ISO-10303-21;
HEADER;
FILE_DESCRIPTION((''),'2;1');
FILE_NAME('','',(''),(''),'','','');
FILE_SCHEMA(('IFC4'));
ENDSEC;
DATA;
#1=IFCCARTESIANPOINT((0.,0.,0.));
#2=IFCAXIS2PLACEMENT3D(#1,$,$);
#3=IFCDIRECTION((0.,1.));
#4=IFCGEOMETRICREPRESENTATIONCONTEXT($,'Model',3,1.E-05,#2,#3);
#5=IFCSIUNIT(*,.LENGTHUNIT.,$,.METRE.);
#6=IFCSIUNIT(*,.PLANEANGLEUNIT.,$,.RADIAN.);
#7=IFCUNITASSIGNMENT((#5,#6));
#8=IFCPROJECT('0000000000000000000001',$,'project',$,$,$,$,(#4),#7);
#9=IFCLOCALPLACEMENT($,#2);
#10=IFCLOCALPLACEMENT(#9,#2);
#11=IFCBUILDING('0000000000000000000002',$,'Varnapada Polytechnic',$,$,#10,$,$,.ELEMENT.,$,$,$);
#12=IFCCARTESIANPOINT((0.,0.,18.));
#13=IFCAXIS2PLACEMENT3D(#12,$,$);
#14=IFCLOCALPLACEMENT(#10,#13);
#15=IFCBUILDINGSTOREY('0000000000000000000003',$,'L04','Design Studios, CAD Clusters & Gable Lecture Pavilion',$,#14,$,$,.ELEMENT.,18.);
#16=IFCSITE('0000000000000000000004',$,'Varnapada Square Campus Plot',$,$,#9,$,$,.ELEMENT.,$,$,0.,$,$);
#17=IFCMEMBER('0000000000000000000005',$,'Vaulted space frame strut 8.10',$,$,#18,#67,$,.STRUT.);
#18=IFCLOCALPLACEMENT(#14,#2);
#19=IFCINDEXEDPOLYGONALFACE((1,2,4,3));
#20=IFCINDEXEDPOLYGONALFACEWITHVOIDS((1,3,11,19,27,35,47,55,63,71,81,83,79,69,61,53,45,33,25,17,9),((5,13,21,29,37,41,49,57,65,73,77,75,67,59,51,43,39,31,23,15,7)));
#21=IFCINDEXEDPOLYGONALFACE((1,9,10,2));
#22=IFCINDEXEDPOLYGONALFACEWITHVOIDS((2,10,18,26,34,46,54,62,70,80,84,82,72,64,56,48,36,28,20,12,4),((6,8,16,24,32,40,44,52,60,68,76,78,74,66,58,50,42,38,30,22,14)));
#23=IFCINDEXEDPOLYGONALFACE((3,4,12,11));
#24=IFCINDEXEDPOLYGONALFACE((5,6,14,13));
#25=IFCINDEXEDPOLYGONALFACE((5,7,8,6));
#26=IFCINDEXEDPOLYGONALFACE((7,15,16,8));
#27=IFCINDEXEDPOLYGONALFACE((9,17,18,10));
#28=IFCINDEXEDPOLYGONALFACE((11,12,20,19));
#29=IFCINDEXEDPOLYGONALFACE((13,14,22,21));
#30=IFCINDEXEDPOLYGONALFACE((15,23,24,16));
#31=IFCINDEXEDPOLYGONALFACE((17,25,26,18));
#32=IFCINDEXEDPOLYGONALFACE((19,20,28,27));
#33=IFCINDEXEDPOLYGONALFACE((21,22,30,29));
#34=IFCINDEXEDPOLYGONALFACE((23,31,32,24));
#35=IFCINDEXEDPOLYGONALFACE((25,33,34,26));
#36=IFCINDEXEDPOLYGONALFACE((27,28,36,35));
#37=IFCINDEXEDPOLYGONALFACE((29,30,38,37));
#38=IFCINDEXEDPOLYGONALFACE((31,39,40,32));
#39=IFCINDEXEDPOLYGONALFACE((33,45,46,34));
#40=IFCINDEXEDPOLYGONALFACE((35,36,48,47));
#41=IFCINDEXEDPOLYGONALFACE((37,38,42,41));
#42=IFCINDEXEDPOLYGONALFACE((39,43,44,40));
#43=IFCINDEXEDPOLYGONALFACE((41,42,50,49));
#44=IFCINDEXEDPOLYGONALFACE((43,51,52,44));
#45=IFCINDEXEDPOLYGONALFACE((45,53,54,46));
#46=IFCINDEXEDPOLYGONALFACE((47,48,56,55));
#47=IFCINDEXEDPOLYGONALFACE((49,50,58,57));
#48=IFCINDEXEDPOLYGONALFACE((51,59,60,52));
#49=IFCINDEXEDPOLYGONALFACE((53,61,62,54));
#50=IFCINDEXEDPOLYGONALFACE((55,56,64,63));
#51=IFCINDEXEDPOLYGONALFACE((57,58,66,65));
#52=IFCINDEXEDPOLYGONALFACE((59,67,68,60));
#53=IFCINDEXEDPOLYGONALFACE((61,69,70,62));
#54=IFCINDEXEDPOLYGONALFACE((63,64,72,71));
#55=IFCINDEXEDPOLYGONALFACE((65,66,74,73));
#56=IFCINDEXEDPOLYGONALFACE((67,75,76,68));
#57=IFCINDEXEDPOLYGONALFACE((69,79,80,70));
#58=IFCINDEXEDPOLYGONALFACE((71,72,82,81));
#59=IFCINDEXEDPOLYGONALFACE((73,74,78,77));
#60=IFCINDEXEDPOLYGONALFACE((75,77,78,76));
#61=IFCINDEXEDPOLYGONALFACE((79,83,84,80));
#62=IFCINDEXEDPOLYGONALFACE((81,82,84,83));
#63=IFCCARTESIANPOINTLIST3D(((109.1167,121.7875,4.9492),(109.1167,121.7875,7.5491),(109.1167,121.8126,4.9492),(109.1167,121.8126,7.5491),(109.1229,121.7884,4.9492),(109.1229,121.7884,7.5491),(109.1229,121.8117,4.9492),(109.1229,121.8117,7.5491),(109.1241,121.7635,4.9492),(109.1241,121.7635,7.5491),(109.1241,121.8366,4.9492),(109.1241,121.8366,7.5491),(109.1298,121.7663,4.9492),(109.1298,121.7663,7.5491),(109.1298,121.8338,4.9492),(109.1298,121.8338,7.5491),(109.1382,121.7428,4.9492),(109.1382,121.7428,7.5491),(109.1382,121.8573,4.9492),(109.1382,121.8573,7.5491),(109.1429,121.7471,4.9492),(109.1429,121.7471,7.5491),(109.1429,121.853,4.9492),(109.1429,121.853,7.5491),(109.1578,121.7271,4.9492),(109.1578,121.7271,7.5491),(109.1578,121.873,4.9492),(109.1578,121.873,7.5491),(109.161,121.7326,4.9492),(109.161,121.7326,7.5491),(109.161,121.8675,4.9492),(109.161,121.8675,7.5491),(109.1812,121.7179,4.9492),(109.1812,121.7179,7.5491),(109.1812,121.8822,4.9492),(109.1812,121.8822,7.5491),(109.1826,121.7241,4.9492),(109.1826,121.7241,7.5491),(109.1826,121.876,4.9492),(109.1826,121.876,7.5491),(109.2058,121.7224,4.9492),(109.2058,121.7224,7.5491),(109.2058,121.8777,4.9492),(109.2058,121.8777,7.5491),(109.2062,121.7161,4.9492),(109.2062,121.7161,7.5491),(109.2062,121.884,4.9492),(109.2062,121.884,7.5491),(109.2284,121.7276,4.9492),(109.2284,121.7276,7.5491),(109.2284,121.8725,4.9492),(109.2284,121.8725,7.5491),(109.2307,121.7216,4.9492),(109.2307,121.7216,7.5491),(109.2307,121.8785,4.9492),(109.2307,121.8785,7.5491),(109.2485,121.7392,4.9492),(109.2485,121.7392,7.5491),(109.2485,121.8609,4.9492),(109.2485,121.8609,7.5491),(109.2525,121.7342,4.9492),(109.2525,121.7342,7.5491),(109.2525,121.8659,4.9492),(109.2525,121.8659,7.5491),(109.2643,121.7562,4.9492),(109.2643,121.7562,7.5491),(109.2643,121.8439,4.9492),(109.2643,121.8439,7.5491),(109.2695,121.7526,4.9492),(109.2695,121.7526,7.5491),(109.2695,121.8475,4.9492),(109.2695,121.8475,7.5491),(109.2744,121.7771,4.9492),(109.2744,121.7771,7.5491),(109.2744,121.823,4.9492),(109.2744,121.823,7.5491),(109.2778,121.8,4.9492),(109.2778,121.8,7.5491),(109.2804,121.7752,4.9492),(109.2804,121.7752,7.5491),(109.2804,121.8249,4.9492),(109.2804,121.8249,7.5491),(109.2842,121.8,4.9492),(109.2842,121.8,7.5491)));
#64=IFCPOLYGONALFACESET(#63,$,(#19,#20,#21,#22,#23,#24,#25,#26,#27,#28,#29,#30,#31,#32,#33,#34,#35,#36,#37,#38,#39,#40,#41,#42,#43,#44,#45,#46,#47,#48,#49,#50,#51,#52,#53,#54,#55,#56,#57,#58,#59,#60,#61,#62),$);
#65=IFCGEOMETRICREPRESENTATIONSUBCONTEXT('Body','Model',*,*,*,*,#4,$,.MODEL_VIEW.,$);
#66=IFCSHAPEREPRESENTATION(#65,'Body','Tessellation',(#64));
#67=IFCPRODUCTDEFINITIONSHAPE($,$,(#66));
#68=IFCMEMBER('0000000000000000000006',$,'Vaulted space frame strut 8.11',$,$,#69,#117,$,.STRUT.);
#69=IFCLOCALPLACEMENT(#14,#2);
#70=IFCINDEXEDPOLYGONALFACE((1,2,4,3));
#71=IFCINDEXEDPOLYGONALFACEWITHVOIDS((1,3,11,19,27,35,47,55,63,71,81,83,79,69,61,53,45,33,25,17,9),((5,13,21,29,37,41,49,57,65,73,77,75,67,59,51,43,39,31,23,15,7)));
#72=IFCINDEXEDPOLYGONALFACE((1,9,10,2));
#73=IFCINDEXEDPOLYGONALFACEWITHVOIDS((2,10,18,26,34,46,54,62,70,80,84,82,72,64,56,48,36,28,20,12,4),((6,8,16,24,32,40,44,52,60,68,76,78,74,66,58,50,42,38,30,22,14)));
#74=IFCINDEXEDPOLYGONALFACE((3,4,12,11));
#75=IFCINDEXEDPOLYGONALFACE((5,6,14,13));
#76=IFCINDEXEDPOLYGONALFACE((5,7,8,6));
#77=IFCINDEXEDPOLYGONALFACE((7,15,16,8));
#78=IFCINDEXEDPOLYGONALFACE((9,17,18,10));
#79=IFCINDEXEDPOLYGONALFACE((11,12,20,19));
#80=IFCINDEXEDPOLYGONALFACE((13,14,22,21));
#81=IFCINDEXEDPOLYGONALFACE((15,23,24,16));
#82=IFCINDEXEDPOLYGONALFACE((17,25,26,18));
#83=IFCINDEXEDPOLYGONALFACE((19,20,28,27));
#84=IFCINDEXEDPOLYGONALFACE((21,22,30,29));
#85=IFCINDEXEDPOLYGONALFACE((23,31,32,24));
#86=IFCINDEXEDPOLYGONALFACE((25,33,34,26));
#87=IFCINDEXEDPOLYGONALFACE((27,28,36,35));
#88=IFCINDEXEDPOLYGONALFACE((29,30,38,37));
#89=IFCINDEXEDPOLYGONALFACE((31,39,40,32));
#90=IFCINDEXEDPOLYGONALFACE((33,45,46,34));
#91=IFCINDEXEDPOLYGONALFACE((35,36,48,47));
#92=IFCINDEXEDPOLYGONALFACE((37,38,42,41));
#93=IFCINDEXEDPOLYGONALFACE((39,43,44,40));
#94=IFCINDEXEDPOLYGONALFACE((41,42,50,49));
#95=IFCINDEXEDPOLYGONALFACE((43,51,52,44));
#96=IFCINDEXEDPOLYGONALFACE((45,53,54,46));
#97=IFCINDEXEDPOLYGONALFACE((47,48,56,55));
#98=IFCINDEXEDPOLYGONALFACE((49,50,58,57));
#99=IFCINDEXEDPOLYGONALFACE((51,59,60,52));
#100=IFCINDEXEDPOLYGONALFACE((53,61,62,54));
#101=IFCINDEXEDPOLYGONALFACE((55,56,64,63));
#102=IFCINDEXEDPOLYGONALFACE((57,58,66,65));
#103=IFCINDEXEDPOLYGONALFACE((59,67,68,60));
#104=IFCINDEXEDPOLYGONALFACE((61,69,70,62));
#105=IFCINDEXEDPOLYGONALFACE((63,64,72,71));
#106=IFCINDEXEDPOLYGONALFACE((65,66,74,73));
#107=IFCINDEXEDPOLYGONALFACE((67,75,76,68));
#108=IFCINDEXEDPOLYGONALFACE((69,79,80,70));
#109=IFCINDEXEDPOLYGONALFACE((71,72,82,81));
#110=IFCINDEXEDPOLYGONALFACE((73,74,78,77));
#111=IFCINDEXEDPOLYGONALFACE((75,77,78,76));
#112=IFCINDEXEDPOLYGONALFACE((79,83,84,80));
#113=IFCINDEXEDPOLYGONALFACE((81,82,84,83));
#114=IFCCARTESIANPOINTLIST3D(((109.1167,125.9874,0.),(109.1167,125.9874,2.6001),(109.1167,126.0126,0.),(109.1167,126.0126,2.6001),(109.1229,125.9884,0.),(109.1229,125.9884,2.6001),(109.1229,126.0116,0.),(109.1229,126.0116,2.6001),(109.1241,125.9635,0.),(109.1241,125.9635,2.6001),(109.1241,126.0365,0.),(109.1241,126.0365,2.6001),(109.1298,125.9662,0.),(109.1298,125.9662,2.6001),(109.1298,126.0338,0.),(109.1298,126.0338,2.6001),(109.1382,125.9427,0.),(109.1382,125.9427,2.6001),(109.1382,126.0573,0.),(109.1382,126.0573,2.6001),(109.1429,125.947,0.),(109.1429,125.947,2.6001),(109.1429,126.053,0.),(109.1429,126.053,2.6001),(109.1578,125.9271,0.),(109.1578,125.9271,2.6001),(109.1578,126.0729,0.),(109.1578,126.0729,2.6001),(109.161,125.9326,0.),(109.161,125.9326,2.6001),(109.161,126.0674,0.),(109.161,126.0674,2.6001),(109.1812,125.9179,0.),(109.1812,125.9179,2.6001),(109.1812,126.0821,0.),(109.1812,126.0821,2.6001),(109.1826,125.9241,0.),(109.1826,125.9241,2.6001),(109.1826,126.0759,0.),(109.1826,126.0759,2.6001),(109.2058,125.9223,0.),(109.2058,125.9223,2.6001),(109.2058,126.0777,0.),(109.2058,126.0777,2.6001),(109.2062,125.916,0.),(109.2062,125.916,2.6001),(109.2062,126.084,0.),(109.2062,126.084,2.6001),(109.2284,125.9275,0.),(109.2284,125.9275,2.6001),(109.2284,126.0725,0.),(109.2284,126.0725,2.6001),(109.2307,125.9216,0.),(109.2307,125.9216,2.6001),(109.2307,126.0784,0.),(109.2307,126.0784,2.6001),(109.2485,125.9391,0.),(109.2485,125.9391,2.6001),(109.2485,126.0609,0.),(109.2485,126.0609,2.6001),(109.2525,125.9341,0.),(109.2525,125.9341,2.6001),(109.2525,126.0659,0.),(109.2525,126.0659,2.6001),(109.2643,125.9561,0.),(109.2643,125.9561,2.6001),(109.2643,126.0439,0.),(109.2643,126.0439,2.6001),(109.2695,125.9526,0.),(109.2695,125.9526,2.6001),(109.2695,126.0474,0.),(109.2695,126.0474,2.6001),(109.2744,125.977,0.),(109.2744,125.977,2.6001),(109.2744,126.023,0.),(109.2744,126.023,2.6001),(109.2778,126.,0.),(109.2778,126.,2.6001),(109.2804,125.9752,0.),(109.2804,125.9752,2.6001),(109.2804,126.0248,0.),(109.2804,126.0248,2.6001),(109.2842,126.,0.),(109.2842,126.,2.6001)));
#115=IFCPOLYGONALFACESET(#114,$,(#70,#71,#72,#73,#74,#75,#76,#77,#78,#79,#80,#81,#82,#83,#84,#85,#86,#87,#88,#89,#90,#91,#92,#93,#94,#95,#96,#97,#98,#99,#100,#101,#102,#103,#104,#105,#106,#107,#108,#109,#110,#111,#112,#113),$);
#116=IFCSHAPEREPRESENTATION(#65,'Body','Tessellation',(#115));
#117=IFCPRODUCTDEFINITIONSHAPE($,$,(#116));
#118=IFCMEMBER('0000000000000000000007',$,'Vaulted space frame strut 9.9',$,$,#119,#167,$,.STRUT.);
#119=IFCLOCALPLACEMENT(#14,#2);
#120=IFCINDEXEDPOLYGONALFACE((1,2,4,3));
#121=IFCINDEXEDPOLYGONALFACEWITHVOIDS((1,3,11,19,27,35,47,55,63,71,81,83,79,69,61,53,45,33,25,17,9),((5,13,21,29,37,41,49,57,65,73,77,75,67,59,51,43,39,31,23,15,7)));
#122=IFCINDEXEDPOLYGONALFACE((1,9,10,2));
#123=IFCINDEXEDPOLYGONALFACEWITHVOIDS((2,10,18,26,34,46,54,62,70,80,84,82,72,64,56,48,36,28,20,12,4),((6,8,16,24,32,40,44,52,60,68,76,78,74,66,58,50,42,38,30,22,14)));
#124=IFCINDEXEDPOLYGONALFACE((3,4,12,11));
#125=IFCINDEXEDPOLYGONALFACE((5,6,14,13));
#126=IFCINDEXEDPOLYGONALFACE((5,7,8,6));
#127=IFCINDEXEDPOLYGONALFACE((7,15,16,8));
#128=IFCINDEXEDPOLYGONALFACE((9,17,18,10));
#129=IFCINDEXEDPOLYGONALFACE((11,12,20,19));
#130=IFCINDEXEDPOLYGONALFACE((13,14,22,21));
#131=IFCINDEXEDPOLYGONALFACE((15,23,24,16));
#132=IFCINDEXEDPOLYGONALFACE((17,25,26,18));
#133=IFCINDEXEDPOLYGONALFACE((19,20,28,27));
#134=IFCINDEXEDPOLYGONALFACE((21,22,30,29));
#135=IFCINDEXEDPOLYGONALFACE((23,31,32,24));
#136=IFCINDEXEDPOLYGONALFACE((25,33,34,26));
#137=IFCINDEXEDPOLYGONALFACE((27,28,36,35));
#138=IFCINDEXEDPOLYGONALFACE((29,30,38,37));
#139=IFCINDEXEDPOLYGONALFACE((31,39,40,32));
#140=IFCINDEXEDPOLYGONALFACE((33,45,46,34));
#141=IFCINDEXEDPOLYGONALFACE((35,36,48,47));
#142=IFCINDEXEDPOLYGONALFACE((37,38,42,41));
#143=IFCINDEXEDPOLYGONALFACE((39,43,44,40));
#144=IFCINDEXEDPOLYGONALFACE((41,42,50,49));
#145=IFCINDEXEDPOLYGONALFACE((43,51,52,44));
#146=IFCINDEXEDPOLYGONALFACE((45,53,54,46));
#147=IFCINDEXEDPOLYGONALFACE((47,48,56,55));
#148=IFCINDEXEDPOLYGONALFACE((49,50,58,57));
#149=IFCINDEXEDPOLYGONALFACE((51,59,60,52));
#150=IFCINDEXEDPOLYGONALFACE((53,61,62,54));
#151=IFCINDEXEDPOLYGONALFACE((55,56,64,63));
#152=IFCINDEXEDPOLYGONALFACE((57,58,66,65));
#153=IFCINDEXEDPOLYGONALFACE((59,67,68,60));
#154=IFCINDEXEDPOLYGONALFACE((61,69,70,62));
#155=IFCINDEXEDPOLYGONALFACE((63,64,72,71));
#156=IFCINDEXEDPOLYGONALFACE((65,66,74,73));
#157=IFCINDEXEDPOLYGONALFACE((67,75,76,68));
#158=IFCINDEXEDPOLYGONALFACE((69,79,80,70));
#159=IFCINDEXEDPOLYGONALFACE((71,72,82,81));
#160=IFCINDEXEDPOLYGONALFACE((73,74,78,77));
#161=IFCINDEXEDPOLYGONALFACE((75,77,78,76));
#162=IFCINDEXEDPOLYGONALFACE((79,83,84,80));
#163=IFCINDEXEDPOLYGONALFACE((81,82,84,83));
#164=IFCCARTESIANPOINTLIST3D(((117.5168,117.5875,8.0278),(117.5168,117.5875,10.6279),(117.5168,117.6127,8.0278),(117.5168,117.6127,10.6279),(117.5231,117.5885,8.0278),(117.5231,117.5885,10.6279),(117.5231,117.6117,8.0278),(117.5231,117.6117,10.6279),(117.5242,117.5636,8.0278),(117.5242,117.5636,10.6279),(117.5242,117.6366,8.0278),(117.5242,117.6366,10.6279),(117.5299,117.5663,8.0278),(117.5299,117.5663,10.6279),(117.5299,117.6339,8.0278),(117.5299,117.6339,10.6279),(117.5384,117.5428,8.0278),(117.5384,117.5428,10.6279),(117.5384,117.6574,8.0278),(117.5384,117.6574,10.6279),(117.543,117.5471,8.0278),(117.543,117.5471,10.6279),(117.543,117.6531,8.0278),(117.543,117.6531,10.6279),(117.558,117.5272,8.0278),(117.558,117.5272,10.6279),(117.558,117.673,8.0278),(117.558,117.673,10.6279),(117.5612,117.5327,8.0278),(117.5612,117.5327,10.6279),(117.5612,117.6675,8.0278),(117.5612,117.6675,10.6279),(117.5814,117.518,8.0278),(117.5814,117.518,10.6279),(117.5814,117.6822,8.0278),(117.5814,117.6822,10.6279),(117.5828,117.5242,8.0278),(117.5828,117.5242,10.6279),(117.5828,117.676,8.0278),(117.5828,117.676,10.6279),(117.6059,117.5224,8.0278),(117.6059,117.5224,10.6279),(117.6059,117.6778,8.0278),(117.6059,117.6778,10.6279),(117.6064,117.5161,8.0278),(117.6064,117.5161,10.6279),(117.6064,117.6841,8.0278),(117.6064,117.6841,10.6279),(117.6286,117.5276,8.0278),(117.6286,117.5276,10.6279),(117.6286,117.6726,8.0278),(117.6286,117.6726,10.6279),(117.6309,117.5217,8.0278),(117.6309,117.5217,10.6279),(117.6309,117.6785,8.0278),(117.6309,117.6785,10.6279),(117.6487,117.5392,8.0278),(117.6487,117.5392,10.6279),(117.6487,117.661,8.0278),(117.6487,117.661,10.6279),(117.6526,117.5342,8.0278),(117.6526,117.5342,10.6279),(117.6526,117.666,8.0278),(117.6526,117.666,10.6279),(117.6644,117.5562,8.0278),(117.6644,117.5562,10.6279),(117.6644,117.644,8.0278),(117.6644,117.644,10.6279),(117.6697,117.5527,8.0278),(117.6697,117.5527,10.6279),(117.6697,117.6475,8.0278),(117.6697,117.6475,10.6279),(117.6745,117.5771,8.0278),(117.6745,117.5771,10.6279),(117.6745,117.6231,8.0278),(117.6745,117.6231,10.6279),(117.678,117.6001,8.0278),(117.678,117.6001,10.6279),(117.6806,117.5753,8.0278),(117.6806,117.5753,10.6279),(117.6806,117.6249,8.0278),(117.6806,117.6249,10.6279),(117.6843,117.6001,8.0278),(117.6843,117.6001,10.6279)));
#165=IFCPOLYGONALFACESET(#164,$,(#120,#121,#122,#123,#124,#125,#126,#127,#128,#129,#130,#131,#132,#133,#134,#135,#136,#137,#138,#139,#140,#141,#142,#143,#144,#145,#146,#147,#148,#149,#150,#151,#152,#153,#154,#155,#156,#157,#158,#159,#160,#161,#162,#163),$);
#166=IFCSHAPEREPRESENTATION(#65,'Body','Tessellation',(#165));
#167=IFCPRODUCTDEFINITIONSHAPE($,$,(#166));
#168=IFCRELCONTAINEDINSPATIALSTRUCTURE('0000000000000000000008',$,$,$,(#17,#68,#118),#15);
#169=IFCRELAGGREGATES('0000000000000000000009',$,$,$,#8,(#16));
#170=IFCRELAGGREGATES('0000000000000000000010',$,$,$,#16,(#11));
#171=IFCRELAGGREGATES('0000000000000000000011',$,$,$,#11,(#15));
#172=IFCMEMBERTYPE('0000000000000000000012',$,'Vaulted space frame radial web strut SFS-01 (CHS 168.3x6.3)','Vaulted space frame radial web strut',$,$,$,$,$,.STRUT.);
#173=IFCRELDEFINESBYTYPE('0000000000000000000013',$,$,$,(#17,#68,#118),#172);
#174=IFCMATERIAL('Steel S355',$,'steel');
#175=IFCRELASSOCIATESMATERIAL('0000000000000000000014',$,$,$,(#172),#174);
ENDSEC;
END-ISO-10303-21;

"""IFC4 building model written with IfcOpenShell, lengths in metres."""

from ifc_helpers import new_model, si_unit, direction, frame, origin, origin_2d, place, context, subcontext, project, spatial, hollow_circle, extrude, material, material_profile, profile_set, type_object, element, save


model = new_model("IFC4")

# Units and contexts
model_context = context("Model", 3, precision=1e-05, world=origin(), true_north=direction((0.0, 1.0)))
body_context = subcontext(model_context, "Body", "Model", "MODEL_VIEW")
ifc_project = project(units=[si_unit("LENGTHUNIT", "METRE"), si_unit("PLANEANGLEUNIT", "RADIAN")], contexts=[model_context])

# Site, building, storey
site_placement = place(None, origin())
site = spatial("IfcSite", under=ifc_project, at=site_placement, Name="Varnapada Square Campus Plot", CompositionType="ELEMENT", RefElevation=0.0)
building_placement = place(site_placement, origin())
building = spatial("IfcBuilding", under=site, at=building_placement, Name="Varnapada Polytechnic", CompositionType="ELEMENT")
storey_placement = place(building_placement, frame((0.0, 0.0, 18.0)))
storey = spatial("IfcBuildingStorey", under=building, at=storey_placement, Name="L04", Description="Design Studios, CAD Clusters & Gable Lecture Pavilion", CompositionType="ELEMENT", Elevation=18.0)

# Shared definitions
ifc_material = material(Name="Steel S355", Category="steel")

# Members
ifc_material_profile_1 = material_profile(ifc_material, hollow_circle(Radius=0.0842, WallThickness=0.0063, at=origin_2d()), Name="CHS 168.3x6.3")
ifc_profile_set_1 = profile_set([ifc_material_profile_1], Name="Steel S355")
member_type_1 = type_object("IfcMemberType", Name="Vaulted space frame radial web strut SFS-01 (CHS 168.3x6.3)", Description="Vaulted space frame radial web strut", PredefinedType="STRUT", material=ifc_profile_set_1)
member_1_placement = place(storey_placement, frame((109.2, 121.8, 4.9492), z_axis=(0.0, 0.0, 1.0), x_axis=(1.0, 0.0, 0.0)))
element("IfcMember", 1, at=member_1_placement, inside=storey, type_object=member_type_1, Name="Vaulted space frame strut 8.10", PredefinedType="STRUT", context=body_context, shape_type="SweptSolid", body=[
    extrude(hollow_circle(Radius=0.0842, WallThickness=0.0063, at=origin_2d()), origin(), (0.0, 0.0, 1.0), 2.5999),
])
for number, where, z_axis, x_axis, name in (
    (2, (109.2, 126.0, 0.0), (0.0, 0.0, 1.0), (1.0, 0.0, 0.0), "Vaulted space frame strut 8.11"),
    (3, (117.6001, 117.6001, 8.0278), (0.0, 0.0, 1.0), (1.0, 0.0, 0.0), "Vaulted space frame strut 9.9"),
):
    element("IfcMember", number, at=place(storey_placement, frame(where, z_axis=z_axis, x_axis=x_axis)), inside=storey, type_object=member_type_1, Name=name, PredefinedType="STRUT", context=body_context, shape_type="SweptSolid", body=[
        extrude(hollow_circle(Radius=0.0842, WallThickness=0.0063, at=origin_2d()), origin(), (0.0, 0.0, 1.0), 2.6001),
    ])

save(model, "model.ifc")
